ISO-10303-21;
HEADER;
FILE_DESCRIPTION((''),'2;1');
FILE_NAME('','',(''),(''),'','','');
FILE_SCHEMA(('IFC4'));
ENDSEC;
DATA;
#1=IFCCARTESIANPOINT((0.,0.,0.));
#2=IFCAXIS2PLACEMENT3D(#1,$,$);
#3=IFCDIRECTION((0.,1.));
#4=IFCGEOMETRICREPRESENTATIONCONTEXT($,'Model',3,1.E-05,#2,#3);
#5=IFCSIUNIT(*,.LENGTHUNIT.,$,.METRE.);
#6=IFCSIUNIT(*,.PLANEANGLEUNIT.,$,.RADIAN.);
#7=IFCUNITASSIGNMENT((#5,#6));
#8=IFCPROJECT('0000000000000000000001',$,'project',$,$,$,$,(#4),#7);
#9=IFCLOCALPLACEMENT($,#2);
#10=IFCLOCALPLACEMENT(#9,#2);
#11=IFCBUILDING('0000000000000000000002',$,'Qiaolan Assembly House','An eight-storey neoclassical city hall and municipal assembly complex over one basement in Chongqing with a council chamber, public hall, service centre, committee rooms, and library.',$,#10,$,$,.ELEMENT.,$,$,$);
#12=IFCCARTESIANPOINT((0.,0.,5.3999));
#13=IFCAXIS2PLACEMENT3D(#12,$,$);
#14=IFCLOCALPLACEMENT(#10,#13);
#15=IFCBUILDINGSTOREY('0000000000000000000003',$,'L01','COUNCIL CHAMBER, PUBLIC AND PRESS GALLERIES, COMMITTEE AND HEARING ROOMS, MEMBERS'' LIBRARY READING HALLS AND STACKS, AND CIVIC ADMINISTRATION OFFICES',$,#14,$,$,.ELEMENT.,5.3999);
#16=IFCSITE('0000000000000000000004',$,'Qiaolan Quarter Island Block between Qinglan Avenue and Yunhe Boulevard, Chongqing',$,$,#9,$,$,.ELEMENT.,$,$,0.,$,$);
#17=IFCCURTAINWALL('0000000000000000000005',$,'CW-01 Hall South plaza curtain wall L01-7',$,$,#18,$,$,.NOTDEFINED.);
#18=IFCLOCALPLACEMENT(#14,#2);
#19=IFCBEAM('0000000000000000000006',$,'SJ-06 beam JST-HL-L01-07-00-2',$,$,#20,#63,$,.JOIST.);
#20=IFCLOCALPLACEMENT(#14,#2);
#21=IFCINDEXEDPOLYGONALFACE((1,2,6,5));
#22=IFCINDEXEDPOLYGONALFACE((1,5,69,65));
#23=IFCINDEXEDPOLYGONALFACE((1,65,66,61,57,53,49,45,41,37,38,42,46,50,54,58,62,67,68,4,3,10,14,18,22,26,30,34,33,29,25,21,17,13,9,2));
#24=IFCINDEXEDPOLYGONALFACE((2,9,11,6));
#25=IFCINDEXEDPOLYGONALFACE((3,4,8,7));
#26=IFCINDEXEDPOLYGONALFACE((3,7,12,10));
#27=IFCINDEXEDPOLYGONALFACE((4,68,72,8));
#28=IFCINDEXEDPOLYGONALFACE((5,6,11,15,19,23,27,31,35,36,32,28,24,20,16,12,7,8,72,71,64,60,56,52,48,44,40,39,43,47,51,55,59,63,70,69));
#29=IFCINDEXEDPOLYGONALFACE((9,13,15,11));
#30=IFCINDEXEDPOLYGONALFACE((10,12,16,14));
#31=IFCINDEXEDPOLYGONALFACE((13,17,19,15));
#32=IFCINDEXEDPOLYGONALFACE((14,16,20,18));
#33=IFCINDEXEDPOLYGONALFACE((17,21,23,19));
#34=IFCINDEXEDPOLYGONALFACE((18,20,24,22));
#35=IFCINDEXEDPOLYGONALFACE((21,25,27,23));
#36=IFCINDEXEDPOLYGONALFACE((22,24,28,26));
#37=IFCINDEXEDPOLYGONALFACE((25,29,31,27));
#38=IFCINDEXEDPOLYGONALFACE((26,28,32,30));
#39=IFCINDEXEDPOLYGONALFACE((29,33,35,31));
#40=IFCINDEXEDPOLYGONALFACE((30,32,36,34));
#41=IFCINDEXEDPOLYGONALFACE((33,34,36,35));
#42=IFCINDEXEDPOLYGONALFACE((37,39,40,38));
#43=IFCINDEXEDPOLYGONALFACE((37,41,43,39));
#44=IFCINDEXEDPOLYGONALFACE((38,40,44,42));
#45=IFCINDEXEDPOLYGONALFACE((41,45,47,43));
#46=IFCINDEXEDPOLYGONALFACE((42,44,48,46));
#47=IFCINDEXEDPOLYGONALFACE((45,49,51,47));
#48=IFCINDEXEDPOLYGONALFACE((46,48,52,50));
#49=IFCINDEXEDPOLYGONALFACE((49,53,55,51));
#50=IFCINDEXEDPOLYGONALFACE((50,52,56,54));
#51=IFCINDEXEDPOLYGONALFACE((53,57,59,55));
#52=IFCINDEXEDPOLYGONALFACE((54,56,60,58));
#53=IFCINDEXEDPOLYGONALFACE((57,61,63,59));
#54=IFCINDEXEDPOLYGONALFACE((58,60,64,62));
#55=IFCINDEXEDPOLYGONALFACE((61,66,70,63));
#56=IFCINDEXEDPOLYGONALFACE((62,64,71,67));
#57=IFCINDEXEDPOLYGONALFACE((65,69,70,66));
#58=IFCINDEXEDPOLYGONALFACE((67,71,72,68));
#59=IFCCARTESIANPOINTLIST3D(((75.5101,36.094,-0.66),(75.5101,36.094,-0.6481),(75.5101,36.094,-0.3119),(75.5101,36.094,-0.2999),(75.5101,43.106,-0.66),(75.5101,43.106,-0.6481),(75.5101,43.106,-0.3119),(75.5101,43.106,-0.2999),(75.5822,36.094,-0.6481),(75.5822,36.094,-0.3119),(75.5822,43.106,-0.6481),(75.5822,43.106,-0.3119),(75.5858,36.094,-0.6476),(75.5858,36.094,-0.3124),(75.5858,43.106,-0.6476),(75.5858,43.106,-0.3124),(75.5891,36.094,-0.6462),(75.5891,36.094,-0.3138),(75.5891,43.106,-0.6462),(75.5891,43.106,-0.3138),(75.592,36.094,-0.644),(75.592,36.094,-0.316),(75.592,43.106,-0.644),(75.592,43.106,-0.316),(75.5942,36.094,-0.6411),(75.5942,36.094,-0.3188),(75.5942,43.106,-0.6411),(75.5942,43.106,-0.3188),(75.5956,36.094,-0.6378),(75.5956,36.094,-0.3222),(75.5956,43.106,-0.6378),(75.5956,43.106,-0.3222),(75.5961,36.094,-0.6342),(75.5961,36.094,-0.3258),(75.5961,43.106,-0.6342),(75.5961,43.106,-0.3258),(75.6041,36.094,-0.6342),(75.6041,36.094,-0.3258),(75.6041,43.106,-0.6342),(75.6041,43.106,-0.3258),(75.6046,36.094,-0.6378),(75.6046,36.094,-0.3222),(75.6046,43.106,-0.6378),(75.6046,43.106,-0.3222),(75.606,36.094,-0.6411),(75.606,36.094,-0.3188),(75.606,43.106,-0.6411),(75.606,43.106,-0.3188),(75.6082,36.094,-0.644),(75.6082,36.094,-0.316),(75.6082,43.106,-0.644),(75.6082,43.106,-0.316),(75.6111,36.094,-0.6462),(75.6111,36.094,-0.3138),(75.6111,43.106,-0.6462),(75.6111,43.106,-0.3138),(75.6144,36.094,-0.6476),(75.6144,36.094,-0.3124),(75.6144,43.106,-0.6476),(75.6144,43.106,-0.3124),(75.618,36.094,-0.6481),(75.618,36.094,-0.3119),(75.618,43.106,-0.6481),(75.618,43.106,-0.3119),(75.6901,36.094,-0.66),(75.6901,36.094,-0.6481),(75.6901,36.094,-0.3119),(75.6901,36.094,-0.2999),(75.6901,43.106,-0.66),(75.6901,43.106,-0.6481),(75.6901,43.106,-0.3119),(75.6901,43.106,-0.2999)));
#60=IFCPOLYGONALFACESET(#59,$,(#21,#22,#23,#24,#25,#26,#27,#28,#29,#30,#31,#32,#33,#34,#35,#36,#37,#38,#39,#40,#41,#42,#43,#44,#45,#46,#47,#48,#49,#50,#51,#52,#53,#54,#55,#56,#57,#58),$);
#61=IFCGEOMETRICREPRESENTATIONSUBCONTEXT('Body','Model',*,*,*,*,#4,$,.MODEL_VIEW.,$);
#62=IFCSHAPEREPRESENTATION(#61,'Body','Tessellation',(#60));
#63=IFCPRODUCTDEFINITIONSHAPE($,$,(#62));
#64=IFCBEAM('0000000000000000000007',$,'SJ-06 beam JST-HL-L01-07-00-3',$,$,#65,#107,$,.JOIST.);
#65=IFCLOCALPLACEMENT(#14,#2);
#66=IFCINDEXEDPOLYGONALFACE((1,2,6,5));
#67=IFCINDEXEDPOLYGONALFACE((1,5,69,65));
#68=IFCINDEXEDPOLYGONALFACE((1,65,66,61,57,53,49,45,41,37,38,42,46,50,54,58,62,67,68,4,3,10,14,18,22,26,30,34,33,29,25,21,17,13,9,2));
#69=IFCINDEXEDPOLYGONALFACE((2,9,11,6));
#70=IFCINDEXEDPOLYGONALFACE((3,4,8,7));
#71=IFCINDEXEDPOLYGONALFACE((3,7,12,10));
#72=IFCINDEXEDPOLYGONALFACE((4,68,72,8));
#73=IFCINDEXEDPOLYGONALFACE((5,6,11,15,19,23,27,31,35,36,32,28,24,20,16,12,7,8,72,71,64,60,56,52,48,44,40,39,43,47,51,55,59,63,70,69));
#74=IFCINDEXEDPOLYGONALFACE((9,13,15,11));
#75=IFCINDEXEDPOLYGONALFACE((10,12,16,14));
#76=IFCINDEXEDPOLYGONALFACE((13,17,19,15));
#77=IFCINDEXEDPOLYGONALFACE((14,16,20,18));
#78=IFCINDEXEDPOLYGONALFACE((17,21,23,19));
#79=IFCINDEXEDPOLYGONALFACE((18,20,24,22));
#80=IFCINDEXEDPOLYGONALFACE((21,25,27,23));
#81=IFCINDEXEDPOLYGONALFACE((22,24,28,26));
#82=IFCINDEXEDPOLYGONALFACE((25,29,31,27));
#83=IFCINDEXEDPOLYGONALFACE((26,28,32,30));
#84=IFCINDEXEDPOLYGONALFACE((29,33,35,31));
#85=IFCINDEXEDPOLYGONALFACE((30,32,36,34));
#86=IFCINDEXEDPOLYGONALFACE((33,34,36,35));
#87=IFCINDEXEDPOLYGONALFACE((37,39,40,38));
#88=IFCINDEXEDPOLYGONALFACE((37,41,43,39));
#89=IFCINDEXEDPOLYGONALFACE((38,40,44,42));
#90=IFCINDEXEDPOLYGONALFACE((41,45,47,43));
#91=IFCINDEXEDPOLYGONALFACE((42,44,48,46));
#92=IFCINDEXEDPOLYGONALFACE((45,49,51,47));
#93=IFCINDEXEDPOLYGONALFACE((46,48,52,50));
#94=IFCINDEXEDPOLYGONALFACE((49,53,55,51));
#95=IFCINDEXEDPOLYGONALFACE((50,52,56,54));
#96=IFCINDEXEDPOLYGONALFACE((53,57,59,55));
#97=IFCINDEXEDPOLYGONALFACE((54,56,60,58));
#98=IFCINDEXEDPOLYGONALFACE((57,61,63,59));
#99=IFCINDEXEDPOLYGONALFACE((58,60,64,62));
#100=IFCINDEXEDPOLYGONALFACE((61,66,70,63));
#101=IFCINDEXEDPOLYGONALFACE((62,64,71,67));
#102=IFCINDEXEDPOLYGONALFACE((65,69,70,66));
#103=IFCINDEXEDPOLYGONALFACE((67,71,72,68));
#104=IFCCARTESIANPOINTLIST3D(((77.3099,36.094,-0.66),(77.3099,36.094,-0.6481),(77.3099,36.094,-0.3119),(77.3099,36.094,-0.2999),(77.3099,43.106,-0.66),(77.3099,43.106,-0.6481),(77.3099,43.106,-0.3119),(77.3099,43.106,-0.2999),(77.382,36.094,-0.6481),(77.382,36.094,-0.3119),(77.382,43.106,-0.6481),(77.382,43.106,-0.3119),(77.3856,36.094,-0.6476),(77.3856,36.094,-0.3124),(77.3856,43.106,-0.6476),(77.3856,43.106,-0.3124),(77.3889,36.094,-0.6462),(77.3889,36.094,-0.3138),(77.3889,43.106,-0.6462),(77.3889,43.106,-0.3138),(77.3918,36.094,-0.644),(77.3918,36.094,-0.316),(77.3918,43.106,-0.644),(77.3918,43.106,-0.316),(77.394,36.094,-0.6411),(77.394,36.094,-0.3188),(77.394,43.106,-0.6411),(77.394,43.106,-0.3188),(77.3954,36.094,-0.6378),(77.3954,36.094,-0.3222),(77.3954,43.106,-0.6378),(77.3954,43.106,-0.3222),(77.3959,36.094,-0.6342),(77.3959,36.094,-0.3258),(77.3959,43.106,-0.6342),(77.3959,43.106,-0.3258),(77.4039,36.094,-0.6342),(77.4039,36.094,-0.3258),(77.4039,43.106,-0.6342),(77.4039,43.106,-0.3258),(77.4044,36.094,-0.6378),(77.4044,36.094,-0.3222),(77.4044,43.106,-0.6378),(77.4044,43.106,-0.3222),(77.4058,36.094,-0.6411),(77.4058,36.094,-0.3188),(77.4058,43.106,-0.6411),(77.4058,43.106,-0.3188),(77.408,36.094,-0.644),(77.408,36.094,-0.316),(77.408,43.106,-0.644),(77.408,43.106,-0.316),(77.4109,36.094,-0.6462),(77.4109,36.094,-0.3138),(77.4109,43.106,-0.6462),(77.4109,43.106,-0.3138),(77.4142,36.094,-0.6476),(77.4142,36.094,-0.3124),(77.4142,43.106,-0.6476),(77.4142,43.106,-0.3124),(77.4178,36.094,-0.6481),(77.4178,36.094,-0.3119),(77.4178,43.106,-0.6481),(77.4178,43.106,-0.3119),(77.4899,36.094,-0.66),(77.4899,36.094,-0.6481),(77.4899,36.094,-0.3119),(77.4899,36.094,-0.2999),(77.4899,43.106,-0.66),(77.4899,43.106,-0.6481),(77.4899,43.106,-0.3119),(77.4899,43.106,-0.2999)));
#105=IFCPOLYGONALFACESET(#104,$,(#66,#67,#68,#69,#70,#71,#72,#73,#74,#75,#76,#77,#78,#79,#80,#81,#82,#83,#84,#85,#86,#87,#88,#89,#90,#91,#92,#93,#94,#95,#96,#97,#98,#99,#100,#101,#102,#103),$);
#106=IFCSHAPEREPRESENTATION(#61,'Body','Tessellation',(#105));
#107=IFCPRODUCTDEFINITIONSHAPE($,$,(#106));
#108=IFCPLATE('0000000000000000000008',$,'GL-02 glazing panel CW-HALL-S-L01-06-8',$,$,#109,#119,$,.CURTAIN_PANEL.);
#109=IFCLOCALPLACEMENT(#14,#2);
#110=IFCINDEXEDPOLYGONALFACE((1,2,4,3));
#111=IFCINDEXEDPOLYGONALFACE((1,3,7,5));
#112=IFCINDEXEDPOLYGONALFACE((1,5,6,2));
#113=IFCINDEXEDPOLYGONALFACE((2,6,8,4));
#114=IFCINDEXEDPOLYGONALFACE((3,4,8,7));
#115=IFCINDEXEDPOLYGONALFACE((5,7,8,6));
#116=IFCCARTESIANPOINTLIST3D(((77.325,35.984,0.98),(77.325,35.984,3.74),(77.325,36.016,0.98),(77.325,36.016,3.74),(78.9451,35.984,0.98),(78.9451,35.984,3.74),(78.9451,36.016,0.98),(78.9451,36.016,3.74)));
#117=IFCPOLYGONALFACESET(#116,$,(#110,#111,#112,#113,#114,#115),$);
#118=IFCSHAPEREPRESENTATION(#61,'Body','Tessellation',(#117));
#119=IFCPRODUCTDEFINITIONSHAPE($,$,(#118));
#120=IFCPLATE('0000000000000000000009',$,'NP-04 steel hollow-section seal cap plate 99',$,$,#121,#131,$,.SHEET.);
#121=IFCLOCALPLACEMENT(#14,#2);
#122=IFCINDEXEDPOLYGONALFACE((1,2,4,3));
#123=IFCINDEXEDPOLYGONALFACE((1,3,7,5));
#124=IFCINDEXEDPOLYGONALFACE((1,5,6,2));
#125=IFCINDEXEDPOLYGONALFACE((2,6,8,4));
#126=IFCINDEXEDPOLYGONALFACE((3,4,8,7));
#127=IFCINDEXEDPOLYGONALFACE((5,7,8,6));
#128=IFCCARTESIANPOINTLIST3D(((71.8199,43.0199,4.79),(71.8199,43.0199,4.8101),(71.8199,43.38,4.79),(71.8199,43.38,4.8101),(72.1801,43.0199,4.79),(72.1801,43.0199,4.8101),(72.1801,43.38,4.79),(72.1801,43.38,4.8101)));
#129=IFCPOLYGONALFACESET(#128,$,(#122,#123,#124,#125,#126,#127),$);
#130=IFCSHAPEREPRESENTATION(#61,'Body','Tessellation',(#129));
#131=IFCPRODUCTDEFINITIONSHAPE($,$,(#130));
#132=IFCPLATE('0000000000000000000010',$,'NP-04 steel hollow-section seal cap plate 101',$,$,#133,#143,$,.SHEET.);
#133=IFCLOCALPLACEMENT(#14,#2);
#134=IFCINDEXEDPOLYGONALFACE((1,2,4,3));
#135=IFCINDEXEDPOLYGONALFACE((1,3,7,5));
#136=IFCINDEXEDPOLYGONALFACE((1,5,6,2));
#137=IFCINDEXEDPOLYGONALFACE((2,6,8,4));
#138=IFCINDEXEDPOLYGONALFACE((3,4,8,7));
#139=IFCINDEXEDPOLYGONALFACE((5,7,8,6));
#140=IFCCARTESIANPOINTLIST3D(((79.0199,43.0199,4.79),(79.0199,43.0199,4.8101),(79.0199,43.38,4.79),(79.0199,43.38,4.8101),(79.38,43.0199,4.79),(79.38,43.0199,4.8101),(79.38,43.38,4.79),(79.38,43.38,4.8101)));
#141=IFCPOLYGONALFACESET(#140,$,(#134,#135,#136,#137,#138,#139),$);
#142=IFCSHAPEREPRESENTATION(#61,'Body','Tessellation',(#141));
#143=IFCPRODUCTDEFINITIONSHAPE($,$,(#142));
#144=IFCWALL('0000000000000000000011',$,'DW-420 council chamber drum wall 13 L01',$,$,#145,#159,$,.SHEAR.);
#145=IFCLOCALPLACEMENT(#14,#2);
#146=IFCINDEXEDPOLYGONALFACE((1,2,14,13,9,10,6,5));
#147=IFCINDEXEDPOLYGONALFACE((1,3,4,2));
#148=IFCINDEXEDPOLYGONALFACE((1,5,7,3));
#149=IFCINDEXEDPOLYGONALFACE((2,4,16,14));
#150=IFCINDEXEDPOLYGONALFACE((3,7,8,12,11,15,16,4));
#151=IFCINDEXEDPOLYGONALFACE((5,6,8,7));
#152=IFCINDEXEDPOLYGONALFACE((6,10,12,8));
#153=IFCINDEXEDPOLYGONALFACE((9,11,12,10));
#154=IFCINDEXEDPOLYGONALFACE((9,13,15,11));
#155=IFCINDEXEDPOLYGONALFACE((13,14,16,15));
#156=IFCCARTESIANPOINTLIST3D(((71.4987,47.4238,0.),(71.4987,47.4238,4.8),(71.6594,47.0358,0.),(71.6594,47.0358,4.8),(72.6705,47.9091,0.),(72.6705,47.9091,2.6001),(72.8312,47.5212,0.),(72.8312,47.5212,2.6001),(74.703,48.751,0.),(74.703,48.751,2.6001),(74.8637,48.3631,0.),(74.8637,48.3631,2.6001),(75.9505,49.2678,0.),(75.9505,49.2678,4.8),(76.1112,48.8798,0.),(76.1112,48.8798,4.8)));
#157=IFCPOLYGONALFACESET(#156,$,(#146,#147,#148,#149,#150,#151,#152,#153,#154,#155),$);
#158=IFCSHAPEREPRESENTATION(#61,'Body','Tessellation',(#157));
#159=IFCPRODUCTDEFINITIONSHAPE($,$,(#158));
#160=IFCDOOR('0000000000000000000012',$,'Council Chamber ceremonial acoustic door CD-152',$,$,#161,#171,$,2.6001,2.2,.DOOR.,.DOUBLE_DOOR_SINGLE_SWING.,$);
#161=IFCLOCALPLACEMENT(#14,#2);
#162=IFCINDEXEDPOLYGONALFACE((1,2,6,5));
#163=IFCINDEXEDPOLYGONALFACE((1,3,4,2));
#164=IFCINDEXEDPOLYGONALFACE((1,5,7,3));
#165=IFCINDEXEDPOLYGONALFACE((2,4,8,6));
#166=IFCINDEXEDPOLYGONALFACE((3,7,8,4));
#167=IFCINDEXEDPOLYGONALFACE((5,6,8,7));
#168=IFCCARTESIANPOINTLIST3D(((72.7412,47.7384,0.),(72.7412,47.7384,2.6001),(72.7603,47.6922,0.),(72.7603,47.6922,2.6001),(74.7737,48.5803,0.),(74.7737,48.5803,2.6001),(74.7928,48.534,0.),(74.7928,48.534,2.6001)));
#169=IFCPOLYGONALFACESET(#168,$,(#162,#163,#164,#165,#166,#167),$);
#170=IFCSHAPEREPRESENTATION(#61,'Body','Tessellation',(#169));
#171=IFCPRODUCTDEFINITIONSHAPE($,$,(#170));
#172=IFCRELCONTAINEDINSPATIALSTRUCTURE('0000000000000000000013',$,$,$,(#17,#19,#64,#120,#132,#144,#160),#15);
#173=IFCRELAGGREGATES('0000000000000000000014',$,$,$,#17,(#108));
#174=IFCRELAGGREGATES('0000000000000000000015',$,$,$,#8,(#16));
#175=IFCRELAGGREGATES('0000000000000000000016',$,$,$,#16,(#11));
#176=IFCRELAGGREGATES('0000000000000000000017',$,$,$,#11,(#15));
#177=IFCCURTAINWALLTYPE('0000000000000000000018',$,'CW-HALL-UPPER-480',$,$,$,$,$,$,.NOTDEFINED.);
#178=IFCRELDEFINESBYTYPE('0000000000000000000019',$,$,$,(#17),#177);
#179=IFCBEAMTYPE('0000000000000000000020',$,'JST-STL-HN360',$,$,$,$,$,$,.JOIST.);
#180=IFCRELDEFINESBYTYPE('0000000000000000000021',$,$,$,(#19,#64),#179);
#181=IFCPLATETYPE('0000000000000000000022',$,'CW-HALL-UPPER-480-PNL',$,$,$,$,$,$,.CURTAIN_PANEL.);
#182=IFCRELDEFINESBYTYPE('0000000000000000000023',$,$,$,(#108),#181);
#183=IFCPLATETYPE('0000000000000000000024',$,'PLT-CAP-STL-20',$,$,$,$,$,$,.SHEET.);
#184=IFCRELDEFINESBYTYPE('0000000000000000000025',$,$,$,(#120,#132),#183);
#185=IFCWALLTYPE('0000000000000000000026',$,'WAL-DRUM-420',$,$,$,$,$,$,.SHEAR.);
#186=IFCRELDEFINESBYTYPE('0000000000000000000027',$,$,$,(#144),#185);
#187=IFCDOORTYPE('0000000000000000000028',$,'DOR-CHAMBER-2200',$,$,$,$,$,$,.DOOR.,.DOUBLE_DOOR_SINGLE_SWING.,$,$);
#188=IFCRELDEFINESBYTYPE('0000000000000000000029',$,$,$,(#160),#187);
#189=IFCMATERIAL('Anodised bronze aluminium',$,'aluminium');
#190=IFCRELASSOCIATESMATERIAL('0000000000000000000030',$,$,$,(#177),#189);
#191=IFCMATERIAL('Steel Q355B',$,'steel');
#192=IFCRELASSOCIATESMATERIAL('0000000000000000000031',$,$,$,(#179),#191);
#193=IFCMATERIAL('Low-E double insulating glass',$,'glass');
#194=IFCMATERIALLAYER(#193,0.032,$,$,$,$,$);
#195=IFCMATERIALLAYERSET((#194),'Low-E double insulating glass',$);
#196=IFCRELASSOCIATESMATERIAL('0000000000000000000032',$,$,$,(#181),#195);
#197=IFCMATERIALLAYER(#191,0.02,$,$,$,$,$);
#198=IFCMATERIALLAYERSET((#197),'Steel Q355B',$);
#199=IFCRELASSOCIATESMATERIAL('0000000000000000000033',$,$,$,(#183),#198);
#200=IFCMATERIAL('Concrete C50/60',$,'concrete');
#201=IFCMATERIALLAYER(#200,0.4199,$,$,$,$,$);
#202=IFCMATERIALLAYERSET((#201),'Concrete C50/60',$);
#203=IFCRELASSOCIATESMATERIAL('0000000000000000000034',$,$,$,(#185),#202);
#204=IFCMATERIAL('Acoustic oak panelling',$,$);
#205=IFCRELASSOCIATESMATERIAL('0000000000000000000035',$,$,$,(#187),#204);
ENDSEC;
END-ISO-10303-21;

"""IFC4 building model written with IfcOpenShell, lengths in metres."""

from ifc_helpers import new_model, si_unit, direction, frame, frame_2d, origin, origin_2d, place, context, subcontext, project, spatial, rectangle, i_section, extrude, material, layer, layer_set, material_profile, profile_set, type_object, element, fill, aggregate, save


model = new_model("IFC4")

# Units and contexts
model_context = context("Model", 3, precision=1e-05, world=origin(), true_north=direction((0.0, 1.0)))
body_context = subcontext(model_context, "Body", "Model", "MODEL_VIEW")
ifc_project = project(units=[si_unit("LENGTHUNIT", "METRE"), si_unit("PLANEANGLEUNIT", "RADIAN")], contexts=[model_context])

# Site, building, storey
site_placement = place(None, origin())
site = spatial("IfcSite", under=ifc_project, at=site_placement, Name="Qiaolan Quarter Island Block between Qinglan Avenue and Yunhe Boulevard, Chongqing", CompositionType="ELEMENT", RefElevation=0.0)
building_placement = place(site_placement, origin())
building = spatial("IfcBuilding", under=site, at=building_placement, Name="Qiaolan Assembly House", Description="An eight-storey neoclassical city hall and municipal assembly complex over one basement in Chongqing with a council chamber, public hall, service centre, committee rooms, and library.", CompositionType="ELEMENT")
storey_placement = place(building_placement, frame((0.0, 0.0, 5.3999)))
storey = spatial("IfcBuildingStorey", under=building, at=storey_placement, Name="L01", Description="COUNCIL CHAMBER, PUBLIC AND PRESS GALLERIES, COMMITTEE AND HEARING ROOMS, MEMBERS' LIBRARY READING HALLS AND STACKS, AND CIVIC ADMINISTRATION OFFICES", CompositionType="ELEMENT", Elevation=5.3999)

# Shared definitions
ifc_material_1 = material(Name="Concrete C50/60", Category="concrete")
ifc_material_2 = material(Name="Steel Q355B", Category="steel")

# Curtain wall
ifc_material_3 = material(Name="Anodised bronze aluminium", Category="aluminium")
curtain_wall_type = type_object("IfcCurtainWallType", Name="CW-HALL-UPPER-480", PredefinedType="NOTDEFINED", material=ifc_material_3)
curtain_wall_1_placement = place(storey_placement, origin())
curtain_wall_1 = element("IfcCurtainWall", 1, at=curtain_wall_1_placement, inside=storey, type_object=curtain_wall_type, Name="CW-01 Hall South plaza curtain wall L01-7", PredefinedType="NOTDEFINED")

# Beams
ifc_material_profile_1 = material_profile(ifc_material_2, i_section(OverallWidth=0.1799, OverallDepth=0.3601, WebThickness=0.0081, FlangeThickness=0.012, FilletRadius=0.0139, at=origin_2d()), Name="HN 360x180x8x12")
ifc_profile_set_1 = profile_set([ifc_material_profile_1], Name="Steel Q355B")
beam_type_1 = type_object("IfcBeamType", Name="JST-STL-HN360", PredefinedType="JOIST", material=ifc_profile_set_1)
for number, where, z_axis, x_axis, name in (
    (2, (75.6001, 36.094, -0.48), (0.0, 1.0, 0.0), (-1.0, 0.0, 0.0), "SJ-06 beam JST-HL-L01-07-00-2"),
    (3, (77.3999, 36.094, -0.48), (0.0, 1.0, 0.0), (-1.0, 0.0, 0.0), "SJ-06 beam JST-HL-L01-07-00-3"),
):
    element("IfcBeam", number, at=place(storey_placement, frame(where, z_axis=z_axis, x_axis=x_axis)), inside=storey, type_object=beam_type_1, Name=name, PredefinedType="JOIST", context=body_context, shape_type="SweptSolid", body=[
        extrude(i_section(OverallWidth=0.1799, OverallDepth=0.3601, WebThickness=0.0081, FlangeThickness=0.012, FilletRadius=0.0139, at=origin_2d()), origin(), (0.0, 0.0, 1.0), 7.012),
    ])

# Plate
ifc_material_4 = material(Name="Low-E double insulating glass", Category="glass")
ifc_layer_1 = layer(ifc_material_4, 0.032)
ifc_layer_set_1 = layer_set([ifc_layer_1], Name="Low-E double insulating glass")
plate_type_1 = type_object("IfcPlateType", Name="CW-HALL-UPPER-480-PNL", PredefinedType="CURTAIN_PANEL", material=ifc_layer_set_1)
plate_placement = place(storey_placement, frame((77.325, 36.0, 0.98), z_axis=(0.0, 0.0, 1.0), x_axis=(1.0, 0.0, 0.0)))
plate = element("IfcPlate", 4, at=plate_placement, type_object=plate_type_1, Name="GL-02 glazing panel CW-HALL-S-L01-06-8", PredefinedType="CURTAIN_PANEL", context=body_context, shape_type="SweptSolid", body=[
    extrude(rectangle(XDim=1.6201, YDim=0.032, at=frame_2d((0.8101, 0.0))), origin(), (0.0, 0.0, 1.0), 2.76),
])
aggregate(curtain_wall_1, [plate])

# Plates
ifc_layer_2 = layer(ifc_material_2, 0.02)
ifc_layer_set_2 = layer_set([ifc_layer_2], Name="Steel Q355B")
plate_type_2 = type_object("IfcPlateType", Name="PLT-CAP-STL-20", PredefinedType="SHEET", material=ifc_layer_set_2)
for number, where, z_axis, x_axis, name in (
    (5, (72.0, 43.2, 4.79), (0.0, 0.0, 1.0), (1.0, 0.0, 0.0), "NP-04 steel hollow-section seal cap plate 99"),
    (6, (79.2, 43.2, 4.79), (0.0, 0.0, 1.0), (1.0, 0.0, 0.0), "NP-04 steel hollow-section seal cap plate 101"),
):
    element("IfcPlate", number, at=place(storey_placement, frame(where, z_axis=z_axis, x_axis=x_axis)), inside=storey, type_object=plate_type_2, Name=name, PredefinedType="SHEET", context=body_context, shape_type="SweptSolid", body=[
        extrude(rectangle(XDim=0.3601, YDim=0.3601, at=origin_2d()), origin(), (0.0, 0.0, 1.0), 0.02),
    ])

# Wall, opening, door
ifc_layer_3 = layer(ifc_material_1, 0.4199)
ifc_layer_set_3 = layer_set([ifc_layer_3], Name="Concrete C50/60")
wall_type = type_object("IfcWallType", Name="WAL-DRUM-420", PredefinedType="SHEAR", material=ifc_layer_set_3)
wall_placement = place(storey_placement, frame((76.0308, 49.0737, 0.0), z_axis=(0.0, 0.0, 1.0), x_axis=(-0.923883, -0.382675, 0.0)))
wall = element("IfcWall", 7, at=wall_placement, inside=storey, type_object=wall_type, Name="DW-420 council chamber drum wall 13 L01", PredefinedType="SHEAR", context=body_context, shape_type="SweptSolid", body=[
    extrude(rectangle(XDim=4.8186, YDim=0.4199, at=frame_2d((2.4092, 0.0))), origin(), (0.0, 0.0, 1.0), 4.8),
])
opening_placement = place(wall_placement, frame((1.3501, 0.0, 0.0)))
opening = element("IfcOpeningElement", 8, at=opening_placement, cuts=wall, PredefinedType="OPENING", context=body_context, shape_type="SweptSolid", body=[
    extrude(rectangle(XDim=2.2, YDim=2.6001, at=frame_2d((1.1001, 1.3))), frame((0.0, 0.22, 0.0), z_axis=(0.0, -1.0, 0.0), x_axis=(1.0, 0.0, 0.0)), (0.0, 0.0, 1.0), 0.4399),
])
ifc_material_5 = material(Name="Acoustic oak panelling")
door_type = type_object("IfcDoorType", Name="DOR-CHAMBER-2200", OperationType="DOUBLE_DOOR_SINGLE_SWING", PredefinedType="DOOR", material=ifc_material_5)
door_placement = place(opening_placement, origin())
door = element("IfcDoor", 9, at=door_placement, inside=storey, type_object=door_type, Name="Council Chamber ceremonial acoustic door CD-152", OperationType="DOUBLE_DOOR_SINGLE_SWING", OverallHeight=2.6001, OverallWidth=2.2, PredefinedType="DOOR", context=body_context, shape_type="SweptSolid", body=[
    extrude(rectangle(XDim=2.2, YDim=2.6001, at=frame_2d((1.1001, 1.3))), frame((0.0, 0.0249, 0.0), z_axis=(0.0, -1.0, 0.0), x_axis=(1.0, 0.0, 0.0)), (0.0, 0.0, 1.0), 0.05),
])
fill(opening, door)

save(model, "model.ifc")
